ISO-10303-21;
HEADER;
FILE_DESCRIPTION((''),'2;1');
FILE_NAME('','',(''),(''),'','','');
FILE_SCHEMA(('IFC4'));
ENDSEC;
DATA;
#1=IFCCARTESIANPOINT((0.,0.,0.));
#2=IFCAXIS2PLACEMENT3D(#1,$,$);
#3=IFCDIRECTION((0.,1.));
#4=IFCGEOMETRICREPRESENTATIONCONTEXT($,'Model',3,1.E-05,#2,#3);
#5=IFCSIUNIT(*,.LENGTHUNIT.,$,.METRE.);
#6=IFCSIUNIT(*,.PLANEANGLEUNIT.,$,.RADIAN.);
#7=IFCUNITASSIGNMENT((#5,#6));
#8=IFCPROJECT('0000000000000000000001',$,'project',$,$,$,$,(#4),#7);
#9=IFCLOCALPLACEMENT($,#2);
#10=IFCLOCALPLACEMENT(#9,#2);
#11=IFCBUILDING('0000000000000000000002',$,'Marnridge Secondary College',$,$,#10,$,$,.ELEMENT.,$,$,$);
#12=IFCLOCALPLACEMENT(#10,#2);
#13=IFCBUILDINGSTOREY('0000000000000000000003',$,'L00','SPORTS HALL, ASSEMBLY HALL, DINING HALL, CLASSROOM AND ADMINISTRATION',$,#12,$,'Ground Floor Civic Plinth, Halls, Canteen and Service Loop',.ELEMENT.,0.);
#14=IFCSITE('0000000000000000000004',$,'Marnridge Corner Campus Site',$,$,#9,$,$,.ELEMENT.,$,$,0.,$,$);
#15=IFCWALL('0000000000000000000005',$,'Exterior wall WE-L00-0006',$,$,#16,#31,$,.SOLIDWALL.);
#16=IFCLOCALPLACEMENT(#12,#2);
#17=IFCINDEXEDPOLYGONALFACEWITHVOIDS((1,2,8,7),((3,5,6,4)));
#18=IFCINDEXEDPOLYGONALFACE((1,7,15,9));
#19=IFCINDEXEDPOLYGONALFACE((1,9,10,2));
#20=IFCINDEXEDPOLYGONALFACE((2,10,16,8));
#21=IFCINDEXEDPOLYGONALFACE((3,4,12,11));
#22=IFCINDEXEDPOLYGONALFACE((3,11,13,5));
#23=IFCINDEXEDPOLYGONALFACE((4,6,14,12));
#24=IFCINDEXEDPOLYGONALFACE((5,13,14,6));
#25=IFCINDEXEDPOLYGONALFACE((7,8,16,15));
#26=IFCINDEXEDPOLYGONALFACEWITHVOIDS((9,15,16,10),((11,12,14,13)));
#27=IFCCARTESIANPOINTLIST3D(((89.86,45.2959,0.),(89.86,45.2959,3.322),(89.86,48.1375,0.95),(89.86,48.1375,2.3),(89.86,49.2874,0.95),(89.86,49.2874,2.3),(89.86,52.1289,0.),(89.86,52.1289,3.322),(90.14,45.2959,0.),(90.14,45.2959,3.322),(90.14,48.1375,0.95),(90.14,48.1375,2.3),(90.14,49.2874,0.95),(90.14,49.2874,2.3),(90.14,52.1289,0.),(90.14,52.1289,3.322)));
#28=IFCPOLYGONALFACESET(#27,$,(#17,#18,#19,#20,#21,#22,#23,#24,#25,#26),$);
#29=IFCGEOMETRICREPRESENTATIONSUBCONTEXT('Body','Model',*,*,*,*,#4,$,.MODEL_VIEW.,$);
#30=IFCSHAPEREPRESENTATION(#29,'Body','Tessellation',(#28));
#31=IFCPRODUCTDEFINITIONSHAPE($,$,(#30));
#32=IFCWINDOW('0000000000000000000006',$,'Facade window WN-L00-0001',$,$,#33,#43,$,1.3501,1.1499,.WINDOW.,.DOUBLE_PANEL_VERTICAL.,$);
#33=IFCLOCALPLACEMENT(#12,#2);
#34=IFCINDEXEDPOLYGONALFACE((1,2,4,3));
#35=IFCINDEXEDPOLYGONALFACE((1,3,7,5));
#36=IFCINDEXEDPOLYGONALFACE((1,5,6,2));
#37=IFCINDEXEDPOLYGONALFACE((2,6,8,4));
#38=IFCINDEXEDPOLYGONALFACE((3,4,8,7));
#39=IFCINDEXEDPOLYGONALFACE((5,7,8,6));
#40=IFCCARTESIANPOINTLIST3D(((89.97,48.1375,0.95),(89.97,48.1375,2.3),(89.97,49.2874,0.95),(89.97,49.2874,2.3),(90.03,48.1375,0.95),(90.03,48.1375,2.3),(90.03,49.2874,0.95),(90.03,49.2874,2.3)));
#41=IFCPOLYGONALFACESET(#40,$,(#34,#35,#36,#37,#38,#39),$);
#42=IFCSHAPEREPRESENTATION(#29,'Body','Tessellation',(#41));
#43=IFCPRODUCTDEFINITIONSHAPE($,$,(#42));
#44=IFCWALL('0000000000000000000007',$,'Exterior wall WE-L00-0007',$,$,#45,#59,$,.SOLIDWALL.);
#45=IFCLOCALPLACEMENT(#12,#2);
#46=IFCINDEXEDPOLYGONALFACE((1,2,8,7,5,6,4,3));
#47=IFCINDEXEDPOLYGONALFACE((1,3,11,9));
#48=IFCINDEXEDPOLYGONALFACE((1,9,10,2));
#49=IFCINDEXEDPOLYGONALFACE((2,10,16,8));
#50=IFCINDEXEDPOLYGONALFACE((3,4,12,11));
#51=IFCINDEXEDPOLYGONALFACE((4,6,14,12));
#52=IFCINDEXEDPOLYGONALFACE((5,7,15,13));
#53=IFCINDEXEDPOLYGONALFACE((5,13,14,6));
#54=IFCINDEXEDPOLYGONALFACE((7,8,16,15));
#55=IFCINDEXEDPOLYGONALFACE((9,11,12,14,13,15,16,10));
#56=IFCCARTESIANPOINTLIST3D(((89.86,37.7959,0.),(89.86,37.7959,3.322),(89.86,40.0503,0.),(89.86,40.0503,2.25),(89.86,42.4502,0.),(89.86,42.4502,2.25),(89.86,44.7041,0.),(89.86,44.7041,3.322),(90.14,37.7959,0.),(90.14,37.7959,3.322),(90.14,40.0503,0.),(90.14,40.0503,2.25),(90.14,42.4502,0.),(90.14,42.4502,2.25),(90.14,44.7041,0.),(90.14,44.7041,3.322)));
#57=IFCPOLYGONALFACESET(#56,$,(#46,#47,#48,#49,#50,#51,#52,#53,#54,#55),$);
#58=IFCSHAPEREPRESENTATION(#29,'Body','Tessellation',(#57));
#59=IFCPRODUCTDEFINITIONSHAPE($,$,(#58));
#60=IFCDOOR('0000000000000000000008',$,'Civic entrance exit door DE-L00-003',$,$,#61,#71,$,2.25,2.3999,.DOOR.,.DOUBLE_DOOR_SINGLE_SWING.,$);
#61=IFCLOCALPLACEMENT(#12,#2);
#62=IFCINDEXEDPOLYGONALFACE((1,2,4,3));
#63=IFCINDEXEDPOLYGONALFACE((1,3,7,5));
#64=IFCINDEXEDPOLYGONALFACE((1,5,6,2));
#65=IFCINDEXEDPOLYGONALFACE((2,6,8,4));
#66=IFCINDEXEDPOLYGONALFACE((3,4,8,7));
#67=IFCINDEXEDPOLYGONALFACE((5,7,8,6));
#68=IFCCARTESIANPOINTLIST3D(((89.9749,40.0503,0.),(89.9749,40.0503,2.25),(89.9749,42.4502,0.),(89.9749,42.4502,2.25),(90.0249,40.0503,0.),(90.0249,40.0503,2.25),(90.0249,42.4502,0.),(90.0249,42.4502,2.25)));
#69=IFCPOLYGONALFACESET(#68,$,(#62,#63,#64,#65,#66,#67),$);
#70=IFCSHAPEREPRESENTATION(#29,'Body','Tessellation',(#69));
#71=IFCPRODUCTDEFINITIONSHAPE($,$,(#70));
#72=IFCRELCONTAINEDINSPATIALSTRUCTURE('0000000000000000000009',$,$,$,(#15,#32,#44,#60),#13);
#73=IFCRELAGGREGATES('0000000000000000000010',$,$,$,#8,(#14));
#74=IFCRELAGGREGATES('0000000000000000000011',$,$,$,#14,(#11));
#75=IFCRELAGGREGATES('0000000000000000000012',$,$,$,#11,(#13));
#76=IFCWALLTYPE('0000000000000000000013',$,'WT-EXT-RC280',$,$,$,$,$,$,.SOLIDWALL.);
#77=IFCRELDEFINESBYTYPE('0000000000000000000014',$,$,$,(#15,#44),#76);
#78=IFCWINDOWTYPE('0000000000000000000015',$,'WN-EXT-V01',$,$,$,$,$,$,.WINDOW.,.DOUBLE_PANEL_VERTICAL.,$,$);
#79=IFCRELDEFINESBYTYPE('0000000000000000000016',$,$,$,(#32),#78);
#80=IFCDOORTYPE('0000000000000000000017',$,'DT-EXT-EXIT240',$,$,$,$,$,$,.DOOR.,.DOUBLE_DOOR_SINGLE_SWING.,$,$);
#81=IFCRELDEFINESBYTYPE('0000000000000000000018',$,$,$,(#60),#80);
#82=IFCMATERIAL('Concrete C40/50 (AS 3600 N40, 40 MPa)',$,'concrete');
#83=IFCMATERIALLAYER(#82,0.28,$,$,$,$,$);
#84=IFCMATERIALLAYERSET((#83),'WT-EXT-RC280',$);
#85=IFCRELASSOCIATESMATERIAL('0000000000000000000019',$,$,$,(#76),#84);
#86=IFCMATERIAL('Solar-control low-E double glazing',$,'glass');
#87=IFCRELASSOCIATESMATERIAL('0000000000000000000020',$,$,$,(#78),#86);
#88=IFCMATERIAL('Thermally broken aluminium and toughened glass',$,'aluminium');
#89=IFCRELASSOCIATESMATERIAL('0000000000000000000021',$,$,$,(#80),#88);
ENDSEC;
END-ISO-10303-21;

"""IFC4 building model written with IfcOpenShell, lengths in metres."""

from ifc_helpers import new_model, si_unit, direction, frame, frame_2d, origin, place, context, subcontext, project, spatial, rectangle, extrude, material, layer, layer_set, type_object, element, fill, save


model = new_model("IFC4")

# Units and contexts
model_context = context("Model", 3, precision=1e-05, world=origin(), true_north=direction((0.0, 1.0)))
body_context = subcontext(model_context, "Body", "Model", "MODEL_VIEW")
ifc_project = project(units=[si_unit("LENGTHUNIT", "METRE"), si_unit("PLANEANGLEUNIT", "RADIAN")], contexts=[model_context])

# Site, building, storey
site_placement = place(None, origin())
site = spatial("IfcSite", under=ifc_project, at=site_placement, Name="Marnridge Corner Campus Site", CompositionType="ELEMENT", RefElevation=0.0)
building_placement = place(site_placement, origin())
building = spatial("IfcBuilding", under=site, at=building_placement, Name="Marnridge Secondary College", CompositionType="ELEMENT")
storey_placement = place(building_placement, origin())
storey = spatial("IfcBuildingStorey", under=building, at=storey_placement, Name="L00", Description="SPORTS HALL, ASSEMBLY HALL, DINING HALL, CLASSROOM AND ADMINISTRATION", LongName="Ground Floor Civic Plinth, Halls, Canteen and Service Loop", CompositionType="ELEMENT", Elevation=0.0)

# Shared definitions
ifc_material_1 = material(Name="Concrete C40/50 (AS 3600 N40, 40 MPa)", Category="concrete")
ifc_layer_1 = layer(ifc_material_1, 0.28)
ifc_layer_set_1 = layer_set([ifc_layer_1], Name="WT-EXT-RC280")
wall_type_1 = type_object("IfcWallType", Name="WT-EXT-RC280", PredefinedType="SOLIDWALL", material=ifc_layer_set_1)

# Wall, opening, window
wall_1_placement = place(storey_placement, frame((90.0, 52.1289, 0.0), z_axis=(0.0, 0.0, 1.0), x_axis=(0.0, -1.0, 0.0)))
wall_1 = element("IfcWall", 1, at=wall_1_placement, inside=storey, type_object=wall_type_1, Name="Exterior wall WE-L00-0006", PredefinedType="SOLIDWALL", context=body_context, shape_type="SweptSolid", body=[
    extrude(rectangle(XDim=6.833, YDim=0.28, at=frame_2d((3.4165, 0.0))), origin(), (0.0, 0.0, 1.0), 3.322),
])
opening_1_placement = place(wall_1_placement, frame((2.8416, 0.0, 0.95)))
opening_1 = element("IfcOpeningElement", 2, at=opening_1_placement, cuts=wall_1, PredefinedType="OPENING", context=body_context, shape_type="SweptSolid", body=[
    extrude(rectangle(XDim=1.1499, YDim=1.3501, at=frame_2d((0.575, 0.675))), frame((0.0, 0.1499, 0.0), z_axis=(0.0, -1.0, 0.0), x_axis=(1.0, 0.0, 0.0)), (0.0, 0.0, 1.0), 0.3),
])
ifc_material_2 = material(Name="Solar-control low-E double glazing", Category="glass")
window_type = type_object("IfcWindowType", Name="WN-EXT-V01", PartitioningType="DOUBLE_PANEL_VERTICAL", PredefinedType="WINDOW", material=ifc_material_2)
window_placement = place(opening_1_placement, origin())
window = element("IfcWindow", 3, at=window_placement, inside=storey, type_object=window_type, Name="Facade window WN-L00-0001", OverallHeight=1.3501, OverallWidth=1.1499, PartitioningType="DOUBLE_PANEL_VERTICAL", PredefinedType="WINDOW", context=body_context, shape_type="SweptSolid", body=[
    extrude(rectangle(XDim=1.1499, YDim=1.3501, at=frame_2d((0.575, 0.675))), frame((0.0, 0.03, 0.0), z_axis=(0.0, -1.0, 0.0), x_axis=(1.0, 0.0, 0.0)), (0.0, 0.0, 1.0), 0.0601),
])
fill(opening_1, window)

# Wall, opening, door
wall_2_placement = place(storey_placement, frame((90.0, 44.7041, 0.0), z_axis=(0.0, 0.0, 1.0), x_axis=(0.0, -1.0, 0.0)))
wall_2 = element("IfcWall", 4, at=wall_2_placement, inside=storey, type_object=wall_type_1, Name="Exterior wall WE-L00-0007", PredefinedType="SOLIDWALL", context=body_context, shape_type="SweptSolid", body=[
    extrude(rectangle(XDim=6.9082, YDim=0.28, at=frame_2d((3.4541, 0.0))), origin(), (0.0, 0.0, 1.0), 3.322),
])
opening_2_placement = place(wall_2_placement, frame((2.2539, 0.0, 0.0)))
opening_2 = element("IfcOpeningElement", 5, at=opening_2_placement, cuts=wall_2, PredefinedType="OPENING", context=body_context, shape_type="SweptSolid", body=[
    extrude(rectangle(XDim=2.3999, YDim=2.25, at=frame_2d((1.2, 1.125))), frame((0.0, 0.1499, 0.0), z_axis=(0.0, -1.0, 0.0), x_axis=(1.0, 0.0, 0.0)), (0.0, 0.0, 1.0), 0.3),
])
ifc_material_3 = material(Name="Thermally broken aluminium and toughened glass", Category="aluminium")
door_type = type_object("IfcDoorType", Name="DT-EXT-EXIT240", OperationType="DOUBLE_DOOR_SINGLE_SWING", PredefinedType="DOOR", material=ifc_material_3)
door_placement = place(opening_2_placement, origin())
door = element("IfcDoor", 6, at=door_placement, inside=storey, type_object=door_type, Name="Civic entrance exit door DE-L00-003", OperationType="DOUBLE_DOOR_SINGLE_SWING", OverallHeight=2.25, OverallWidth=2.3999, PredefinedType="DOOR", context=body_context, shape_type="SweptSolid", body=[
    extrude(rectangle(XDim=2.3999, YDim=2.25, at=frame_2d((1.2, 1.125))), frame((0.0, 0.0249, 0.0), z_axis=(0.0, -1.0, 0.0), x_axis=(1.0, 0.0, 0.0)), (0.0, 0.0, 1.0), 0.05),
])
fill(opening_2, door)

save(model, "model.ifc")
